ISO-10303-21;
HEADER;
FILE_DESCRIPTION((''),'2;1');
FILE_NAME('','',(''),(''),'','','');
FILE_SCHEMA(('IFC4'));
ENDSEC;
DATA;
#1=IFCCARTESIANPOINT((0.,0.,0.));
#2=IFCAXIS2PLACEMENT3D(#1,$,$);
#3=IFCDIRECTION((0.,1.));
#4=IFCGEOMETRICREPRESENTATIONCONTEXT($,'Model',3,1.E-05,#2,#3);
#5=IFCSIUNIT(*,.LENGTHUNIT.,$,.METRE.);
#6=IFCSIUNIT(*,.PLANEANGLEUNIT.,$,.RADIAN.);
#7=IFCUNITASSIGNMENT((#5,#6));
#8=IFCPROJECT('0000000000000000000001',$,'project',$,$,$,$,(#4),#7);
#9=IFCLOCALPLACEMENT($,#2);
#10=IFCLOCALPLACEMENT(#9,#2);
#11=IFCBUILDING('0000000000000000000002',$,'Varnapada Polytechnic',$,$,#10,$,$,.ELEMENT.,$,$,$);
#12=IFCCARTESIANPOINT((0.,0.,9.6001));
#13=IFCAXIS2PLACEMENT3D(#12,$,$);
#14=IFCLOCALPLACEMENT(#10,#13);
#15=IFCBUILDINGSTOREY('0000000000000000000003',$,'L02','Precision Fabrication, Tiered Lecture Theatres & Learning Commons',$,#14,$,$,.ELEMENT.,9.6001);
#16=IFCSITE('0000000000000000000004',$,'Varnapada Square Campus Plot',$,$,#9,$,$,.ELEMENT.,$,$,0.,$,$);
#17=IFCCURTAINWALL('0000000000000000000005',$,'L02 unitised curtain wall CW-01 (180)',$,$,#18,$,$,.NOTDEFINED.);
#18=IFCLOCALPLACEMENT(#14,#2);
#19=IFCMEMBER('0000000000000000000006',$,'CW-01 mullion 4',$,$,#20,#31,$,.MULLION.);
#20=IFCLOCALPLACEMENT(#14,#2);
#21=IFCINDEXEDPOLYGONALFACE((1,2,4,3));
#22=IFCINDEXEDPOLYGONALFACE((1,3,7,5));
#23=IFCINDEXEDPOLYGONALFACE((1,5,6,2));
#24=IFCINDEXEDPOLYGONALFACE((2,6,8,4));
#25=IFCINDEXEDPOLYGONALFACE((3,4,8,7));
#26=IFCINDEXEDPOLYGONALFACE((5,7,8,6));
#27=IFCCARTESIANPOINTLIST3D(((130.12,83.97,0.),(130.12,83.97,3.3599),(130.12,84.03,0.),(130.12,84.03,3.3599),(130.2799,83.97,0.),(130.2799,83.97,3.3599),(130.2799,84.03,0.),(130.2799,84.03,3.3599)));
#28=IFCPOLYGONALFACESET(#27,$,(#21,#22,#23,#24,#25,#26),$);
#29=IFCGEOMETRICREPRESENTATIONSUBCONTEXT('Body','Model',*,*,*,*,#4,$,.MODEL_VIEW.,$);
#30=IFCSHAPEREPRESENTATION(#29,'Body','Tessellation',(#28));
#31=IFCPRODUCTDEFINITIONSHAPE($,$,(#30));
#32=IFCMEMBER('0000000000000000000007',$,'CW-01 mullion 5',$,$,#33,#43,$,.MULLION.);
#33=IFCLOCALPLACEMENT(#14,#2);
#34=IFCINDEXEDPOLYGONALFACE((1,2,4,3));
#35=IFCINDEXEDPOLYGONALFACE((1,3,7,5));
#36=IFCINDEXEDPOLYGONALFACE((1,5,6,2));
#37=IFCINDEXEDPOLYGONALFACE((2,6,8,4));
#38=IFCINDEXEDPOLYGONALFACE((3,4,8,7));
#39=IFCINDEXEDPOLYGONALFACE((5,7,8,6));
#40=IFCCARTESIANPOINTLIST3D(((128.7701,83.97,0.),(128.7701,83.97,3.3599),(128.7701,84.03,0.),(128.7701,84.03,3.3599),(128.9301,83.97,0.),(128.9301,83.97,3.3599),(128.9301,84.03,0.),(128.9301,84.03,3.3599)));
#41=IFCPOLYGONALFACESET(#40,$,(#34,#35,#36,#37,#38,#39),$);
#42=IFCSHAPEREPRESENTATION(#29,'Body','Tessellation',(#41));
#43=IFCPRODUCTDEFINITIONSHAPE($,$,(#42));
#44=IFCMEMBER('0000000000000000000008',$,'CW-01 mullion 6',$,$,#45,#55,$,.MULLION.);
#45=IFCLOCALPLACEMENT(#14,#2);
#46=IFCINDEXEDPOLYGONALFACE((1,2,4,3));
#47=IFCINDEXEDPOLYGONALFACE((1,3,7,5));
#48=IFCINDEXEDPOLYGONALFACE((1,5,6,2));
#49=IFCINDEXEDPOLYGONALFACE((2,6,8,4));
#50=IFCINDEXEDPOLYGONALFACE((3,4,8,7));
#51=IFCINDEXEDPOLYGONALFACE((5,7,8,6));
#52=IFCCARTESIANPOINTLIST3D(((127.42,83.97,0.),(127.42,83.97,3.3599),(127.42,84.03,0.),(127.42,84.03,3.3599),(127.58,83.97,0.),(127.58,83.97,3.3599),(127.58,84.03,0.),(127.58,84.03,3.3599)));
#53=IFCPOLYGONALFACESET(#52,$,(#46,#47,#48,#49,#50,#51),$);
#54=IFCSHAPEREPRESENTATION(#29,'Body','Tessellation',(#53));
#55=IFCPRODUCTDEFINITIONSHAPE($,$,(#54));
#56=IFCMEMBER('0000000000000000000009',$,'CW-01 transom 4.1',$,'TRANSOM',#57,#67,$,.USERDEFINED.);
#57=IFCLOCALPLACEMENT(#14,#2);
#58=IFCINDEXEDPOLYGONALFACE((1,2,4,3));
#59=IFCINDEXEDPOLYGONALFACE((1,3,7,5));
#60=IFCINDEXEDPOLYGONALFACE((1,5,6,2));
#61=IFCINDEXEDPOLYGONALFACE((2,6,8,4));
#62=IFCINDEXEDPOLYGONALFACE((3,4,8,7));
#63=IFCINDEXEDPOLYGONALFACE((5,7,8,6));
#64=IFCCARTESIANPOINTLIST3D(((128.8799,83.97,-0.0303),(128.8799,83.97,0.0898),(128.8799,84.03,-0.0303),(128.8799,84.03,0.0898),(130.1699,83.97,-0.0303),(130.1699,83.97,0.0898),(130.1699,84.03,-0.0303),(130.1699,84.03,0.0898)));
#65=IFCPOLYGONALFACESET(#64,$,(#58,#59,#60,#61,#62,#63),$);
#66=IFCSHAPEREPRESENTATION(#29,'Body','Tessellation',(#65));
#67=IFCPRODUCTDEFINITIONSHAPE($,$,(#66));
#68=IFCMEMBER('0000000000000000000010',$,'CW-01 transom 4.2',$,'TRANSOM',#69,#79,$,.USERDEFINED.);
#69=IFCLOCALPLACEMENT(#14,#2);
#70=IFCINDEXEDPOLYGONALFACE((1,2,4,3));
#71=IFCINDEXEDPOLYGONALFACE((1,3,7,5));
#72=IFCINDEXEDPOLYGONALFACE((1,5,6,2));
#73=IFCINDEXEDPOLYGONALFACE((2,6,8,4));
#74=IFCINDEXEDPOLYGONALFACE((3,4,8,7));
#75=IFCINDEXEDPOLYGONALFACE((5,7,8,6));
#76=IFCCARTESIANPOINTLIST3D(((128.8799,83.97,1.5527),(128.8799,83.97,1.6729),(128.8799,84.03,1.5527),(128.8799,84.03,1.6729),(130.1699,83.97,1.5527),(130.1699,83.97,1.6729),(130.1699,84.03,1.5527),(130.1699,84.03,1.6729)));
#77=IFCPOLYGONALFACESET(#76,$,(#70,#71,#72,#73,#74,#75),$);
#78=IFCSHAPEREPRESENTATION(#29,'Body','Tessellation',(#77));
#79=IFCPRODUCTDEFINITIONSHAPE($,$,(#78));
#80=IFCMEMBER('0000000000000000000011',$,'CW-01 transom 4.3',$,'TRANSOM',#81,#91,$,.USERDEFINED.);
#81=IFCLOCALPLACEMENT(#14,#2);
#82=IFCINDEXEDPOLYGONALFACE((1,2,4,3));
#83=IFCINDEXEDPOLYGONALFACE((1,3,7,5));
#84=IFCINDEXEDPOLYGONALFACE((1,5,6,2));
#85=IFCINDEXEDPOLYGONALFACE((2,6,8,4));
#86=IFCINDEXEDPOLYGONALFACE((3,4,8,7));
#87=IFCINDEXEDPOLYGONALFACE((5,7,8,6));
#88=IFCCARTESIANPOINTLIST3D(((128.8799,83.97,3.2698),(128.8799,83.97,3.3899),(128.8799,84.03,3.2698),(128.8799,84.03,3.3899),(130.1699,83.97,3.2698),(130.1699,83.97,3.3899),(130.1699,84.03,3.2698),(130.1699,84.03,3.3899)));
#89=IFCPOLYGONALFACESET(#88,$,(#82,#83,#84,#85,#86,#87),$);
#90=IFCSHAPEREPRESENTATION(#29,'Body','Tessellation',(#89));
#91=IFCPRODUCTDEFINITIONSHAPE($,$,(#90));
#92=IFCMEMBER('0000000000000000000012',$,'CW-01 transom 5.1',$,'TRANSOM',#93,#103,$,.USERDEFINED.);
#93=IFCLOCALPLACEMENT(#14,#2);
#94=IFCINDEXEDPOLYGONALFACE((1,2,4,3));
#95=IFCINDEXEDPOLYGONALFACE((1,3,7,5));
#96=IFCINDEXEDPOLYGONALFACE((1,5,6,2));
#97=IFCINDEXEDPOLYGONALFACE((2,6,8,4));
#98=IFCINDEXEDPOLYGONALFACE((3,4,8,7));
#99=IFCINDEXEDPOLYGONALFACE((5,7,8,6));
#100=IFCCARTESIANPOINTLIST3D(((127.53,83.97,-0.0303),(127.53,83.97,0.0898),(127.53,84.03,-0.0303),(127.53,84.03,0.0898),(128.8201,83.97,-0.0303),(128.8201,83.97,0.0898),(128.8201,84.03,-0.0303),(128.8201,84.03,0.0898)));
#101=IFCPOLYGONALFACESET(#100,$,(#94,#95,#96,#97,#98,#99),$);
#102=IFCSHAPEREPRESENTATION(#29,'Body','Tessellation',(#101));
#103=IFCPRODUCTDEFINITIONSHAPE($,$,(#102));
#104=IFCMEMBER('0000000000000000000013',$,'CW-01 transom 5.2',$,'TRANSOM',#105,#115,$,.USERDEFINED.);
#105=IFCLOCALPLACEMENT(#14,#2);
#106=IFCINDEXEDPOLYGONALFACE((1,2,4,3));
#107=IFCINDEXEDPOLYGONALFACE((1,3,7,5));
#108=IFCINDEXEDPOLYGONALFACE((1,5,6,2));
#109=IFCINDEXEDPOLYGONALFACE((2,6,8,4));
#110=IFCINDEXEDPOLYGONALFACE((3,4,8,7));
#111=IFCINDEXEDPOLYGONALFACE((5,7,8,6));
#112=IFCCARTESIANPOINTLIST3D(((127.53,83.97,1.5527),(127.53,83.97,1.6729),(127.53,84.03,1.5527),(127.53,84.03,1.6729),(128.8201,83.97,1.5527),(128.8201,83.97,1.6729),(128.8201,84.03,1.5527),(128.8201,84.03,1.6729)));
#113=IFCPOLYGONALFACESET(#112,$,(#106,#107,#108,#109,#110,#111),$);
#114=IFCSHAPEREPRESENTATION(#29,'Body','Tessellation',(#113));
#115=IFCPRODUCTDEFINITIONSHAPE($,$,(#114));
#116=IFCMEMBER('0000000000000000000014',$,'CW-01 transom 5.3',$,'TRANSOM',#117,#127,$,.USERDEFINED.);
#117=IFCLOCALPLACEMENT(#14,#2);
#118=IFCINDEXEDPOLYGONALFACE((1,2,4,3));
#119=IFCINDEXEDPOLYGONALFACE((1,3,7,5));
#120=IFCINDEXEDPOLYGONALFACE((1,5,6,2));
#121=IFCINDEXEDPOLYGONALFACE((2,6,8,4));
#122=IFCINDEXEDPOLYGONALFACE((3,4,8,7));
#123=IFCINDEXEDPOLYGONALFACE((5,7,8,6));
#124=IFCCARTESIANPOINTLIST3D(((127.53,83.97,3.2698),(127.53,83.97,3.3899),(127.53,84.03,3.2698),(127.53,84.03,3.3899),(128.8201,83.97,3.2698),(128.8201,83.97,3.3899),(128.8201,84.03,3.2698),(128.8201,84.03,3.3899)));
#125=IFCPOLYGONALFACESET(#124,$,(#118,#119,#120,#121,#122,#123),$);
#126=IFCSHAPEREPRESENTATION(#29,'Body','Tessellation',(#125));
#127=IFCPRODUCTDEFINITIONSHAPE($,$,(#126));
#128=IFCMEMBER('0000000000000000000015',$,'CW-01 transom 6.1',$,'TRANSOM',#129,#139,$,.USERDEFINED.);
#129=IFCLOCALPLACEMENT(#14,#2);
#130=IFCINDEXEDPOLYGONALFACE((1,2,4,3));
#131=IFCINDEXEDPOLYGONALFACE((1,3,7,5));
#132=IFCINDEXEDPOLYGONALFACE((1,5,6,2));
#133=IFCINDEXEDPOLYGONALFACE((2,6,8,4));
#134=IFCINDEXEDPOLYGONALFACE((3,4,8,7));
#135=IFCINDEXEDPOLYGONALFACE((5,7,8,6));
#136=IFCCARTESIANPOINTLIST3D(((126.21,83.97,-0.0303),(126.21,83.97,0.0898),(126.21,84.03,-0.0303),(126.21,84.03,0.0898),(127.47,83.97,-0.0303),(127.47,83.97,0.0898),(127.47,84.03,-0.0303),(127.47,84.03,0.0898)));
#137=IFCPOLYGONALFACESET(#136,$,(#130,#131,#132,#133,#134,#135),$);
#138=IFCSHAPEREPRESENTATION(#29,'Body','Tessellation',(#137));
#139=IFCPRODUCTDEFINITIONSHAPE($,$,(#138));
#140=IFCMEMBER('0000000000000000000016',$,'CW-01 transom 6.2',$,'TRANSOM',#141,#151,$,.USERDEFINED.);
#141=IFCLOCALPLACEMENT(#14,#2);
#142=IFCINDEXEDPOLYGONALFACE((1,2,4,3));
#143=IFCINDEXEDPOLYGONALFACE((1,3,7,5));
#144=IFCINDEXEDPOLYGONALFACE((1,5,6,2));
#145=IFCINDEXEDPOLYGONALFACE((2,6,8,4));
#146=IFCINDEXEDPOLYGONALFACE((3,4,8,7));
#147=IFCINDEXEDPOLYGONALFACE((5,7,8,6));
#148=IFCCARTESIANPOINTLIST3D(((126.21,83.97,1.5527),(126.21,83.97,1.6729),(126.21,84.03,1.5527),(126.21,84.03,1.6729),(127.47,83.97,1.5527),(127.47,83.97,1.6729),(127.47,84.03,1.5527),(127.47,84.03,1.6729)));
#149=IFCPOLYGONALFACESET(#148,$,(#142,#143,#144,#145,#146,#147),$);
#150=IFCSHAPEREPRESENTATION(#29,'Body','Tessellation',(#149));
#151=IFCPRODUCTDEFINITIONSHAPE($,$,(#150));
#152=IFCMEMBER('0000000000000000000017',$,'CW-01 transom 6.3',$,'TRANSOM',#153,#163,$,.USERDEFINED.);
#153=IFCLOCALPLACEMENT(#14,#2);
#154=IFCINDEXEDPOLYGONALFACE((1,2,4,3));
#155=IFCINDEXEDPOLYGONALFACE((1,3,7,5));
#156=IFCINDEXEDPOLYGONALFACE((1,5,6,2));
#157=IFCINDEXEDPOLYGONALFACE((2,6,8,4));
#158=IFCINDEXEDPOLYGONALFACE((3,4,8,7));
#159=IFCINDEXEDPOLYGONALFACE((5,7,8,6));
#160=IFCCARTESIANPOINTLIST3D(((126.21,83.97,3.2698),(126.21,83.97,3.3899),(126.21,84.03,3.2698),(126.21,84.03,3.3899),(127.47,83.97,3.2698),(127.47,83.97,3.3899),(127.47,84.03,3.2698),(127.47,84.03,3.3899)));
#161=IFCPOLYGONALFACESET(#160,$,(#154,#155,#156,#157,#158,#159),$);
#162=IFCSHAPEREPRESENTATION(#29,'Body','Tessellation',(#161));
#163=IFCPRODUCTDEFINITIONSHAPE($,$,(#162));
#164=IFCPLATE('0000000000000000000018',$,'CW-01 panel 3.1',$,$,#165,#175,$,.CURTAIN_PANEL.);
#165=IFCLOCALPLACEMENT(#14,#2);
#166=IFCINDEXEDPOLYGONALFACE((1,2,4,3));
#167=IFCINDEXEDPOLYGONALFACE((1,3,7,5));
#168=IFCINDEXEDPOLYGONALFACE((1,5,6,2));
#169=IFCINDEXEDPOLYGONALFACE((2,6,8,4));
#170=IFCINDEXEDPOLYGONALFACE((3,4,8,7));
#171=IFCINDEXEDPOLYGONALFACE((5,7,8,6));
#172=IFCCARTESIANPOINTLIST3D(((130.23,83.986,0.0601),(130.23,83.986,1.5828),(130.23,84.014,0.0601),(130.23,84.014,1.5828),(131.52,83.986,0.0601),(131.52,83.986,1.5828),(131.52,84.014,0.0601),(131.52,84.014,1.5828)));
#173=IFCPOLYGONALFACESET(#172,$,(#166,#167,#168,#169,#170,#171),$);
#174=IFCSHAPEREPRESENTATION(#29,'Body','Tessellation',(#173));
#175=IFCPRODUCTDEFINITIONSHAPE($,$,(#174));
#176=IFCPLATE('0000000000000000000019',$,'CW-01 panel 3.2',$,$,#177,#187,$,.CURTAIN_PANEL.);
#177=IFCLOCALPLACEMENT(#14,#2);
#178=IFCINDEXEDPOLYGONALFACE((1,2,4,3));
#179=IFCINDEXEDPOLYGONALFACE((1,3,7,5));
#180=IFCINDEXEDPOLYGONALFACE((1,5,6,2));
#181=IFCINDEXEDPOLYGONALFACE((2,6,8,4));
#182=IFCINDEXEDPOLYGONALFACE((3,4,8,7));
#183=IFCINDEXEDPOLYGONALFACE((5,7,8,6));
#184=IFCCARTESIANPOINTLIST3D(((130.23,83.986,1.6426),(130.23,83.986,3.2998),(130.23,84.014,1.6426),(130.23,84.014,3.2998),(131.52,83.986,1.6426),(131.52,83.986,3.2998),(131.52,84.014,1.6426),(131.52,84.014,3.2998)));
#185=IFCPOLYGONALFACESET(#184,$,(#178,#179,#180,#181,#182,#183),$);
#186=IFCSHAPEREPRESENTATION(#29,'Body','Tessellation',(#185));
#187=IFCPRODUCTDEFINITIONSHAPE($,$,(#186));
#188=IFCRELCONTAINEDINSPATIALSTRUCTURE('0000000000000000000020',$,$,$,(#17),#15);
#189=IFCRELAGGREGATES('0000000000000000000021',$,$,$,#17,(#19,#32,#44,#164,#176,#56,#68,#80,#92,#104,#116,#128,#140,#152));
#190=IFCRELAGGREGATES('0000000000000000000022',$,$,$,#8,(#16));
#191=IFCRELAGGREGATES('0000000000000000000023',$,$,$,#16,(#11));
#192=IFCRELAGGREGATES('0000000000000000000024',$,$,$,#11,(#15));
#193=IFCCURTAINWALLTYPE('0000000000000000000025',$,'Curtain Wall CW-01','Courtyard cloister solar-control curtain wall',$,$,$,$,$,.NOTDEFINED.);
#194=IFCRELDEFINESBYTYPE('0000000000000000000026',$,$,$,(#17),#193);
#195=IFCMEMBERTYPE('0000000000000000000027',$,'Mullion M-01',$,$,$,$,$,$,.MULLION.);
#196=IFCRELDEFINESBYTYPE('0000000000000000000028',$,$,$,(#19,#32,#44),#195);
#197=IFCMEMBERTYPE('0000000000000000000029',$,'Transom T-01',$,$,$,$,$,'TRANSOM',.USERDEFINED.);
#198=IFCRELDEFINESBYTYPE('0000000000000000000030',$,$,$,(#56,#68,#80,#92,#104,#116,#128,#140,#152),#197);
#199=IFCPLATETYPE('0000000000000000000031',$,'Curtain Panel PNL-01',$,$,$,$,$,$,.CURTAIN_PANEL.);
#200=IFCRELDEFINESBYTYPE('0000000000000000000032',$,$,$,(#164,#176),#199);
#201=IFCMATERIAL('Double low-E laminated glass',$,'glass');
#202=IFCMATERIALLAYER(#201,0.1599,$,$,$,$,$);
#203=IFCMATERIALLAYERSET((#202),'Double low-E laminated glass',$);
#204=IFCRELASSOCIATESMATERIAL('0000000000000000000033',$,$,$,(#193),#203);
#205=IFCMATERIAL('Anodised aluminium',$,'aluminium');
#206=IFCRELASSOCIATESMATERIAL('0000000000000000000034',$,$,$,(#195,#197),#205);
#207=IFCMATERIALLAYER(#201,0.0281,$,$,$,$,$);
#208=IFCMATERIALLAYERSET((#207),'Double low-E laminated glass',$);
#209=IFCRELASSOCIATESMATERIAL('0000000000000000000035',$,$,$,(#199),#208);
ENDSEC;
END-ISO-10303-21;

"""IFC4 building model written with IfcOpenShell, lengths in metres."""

from ifc_helpers import new_model, si_unit, direction, frame, origin, origin_2d, place, context, subcontext, project, spatial, rectangle, extrude, material, layer, layer_set, material_profile, profile_set, type_object, element, aggregate, save


model = new_model("IFC4")

# Units and contexts
model_context = context("Model", 3, precision=1e-05, world=origin(), true_north=direction((0.0, 1.0)))
body_context = subcontext(model_context, "Body", "Model", "MODEL_VIEW")
ifc_project = project(units=[si_unit("LENGTHUNIT", "METRE"), si_unit("PLANEANGLEUNIT", "RADIAN")], contexts=[model_context])

# Site, building, storey
site_placement = place(None, origin())
site = spatial("IfcSite", under=ifc_project, at=site_placement, Name="Varnapada Square Campus Plot", CompositionType="ELEMENT", RefElevation=0.0)
building_placement = place(site_placement, origin())
building = spatial("IfcBuilding", under=site, at=building_placement, Name="Varnapada Polytechnic", CompositionType="ELEMENT")
storey_placement = place(building_placement, frame((0.0, 0.0, 9.6001)))
storey = spatial("IfcBuildingStorey", under=building, at=storey_placement, Name="L02", Description="Precision Fabrication, Tiered Lecture Theatres & Learning Commons", CompositionType="ELEMENT", Elevation=9.6001)

# Curtain wall, members, plates
ifc_material_1 = material(Name="Double low-E laminated glass", Category="glass")
ifc_layer_1 = layer(ifc_material_1, 0.1599)
ifc_layer_set_1 = layer_set([ifc_layer_1], Name="Double low-E laminated glass")
curtain_wall_type = type_object("IfcCurtainWallType", Name="Curtain Wall CW-01", Description="Courtyard cloister solar-control curtain wall", PredefinedType="NOTDEFINED", material=ifc_layer_set_1)
curtain_wall_placement = place(storey_placement, origin())
curtain_wall = element("IfcCurtainWall", 1, at=curtain_wall_placement, inside=storey, type_object=curtain_wall_type, Name="L02 unitised curtain wall CW-01 (180)", PredefinedType="NOTDEFINED")
ifc_material_2 = material(Name="Anodised aluminium", Category="aluminium")
ifc_material_profile_1 = material_profile(ifc_material_2, rectangle(XDim=0.0601, YDim=0.1599, at=origin_2d()), Name="ALU M60x160")
ifc_profile_set_1 = profile_set([ifc_material_profile_1], Name="Anodised aluminium")
member_type_1 = type_object("IfcMemberType", Name="Mullion M-01", PredefinedType="MULLION", material=ifc_profile_set_1)
member_1_placement = place(storey_placement, frame((130.2, 84.0, 0.0), z_axis=(0.0, 0.0, 1.0), x_axis=(0.0, -1.0, 0.0)))
member_1 = element("IfcMember", 2, at=member_1_placement, type_object=member_type_1, Name="CW-01 mullion 4", PredefinedType="MULLION", context=body_context, shape_type="SweptSolid", body=[
    extrude(rectangle(XDim=0.0601, YDim=0.1599, at=origin_2d()), origin(), (0.0, 0.0, 1.0), 3.3599),
])
member_2_placement = place(storey_placement, frame((128.8501, 84.0, 0.0), z_axis=(0.0, 0.0, 1.0), x_axis=(0.0, -1.0, 0.0)))
member_2 = element("IfcMember", 3, at=member_2_placement, type_object=member_type_1, Name="CW-01 mullion 5", PredefinedType="MULLION", context=body_context, shape_type="SweptSolid", body=[
    extrude(rectangle(XDim=0.0601, YDim=0.1599, at=origin_2d()), origin(), (0.0, 0.0, 1.0), 3.3599),
])
member_3_placement = place(storey_placement, frame((127.5, 84.0, 0.0), z_axis=(0.0, 0.0, 1.0), x_axis=(0.0, -1.0, 0.0)))
member_3 = element("IfcMember", 4, at=member_3_placement, type_object=member_type_1, Name="CW-01 mullion 6", PredefinedType="MULLION", context=body_context, shape_type="SweptSolid", body=[
    extrude(rectangle(XDim=0.0601, YDim=0.1599, at=origin_2d()), origin(), (0.0, 0.0, 1.0), 3.3599),
])
ifc_material_profile_2 = material_profile(ifc_material_2, rectangle(XDim=0.0601, YDim=0.1201, at=origin_2d()), Name="ALU T60x120")
ifc_profile_set_2 = profile_set([ifc_material_profile_2], Name="Anodised aluminium")
member_type_2 = type_object("IfcMemberType", Name="Transom T-01", ElementType="TRANSOM", PredefinedType="USERDEFINED", material=ifc_profile_set_2)
member_4_placement = place(storey_placement, frame((130.1699, 84.0, 0.0298), z_axis=(-1.0, 0.0, 0.0), x_axis=(0.0, -1.0, 0.0)))
member_4 = element("IfcMember", 5, at=member_4_placement, type_object=member_type_2, Name="CW-01 transom 4.1", ObjectType="TRANSOM", PredefinedType="USERDEFINED", context=body_context, shape_type="SweptSolid", body=[
    extrude(rectangle(XDim=0.0601, YDim=0.1201, at=origin_2d()), origin(), (0.0, 0.0, 1.0), 1.29),
])
member_5_placement = place(storey_placement, frame((130.1699, 84.0, 1.6128), z_axis=(-1.0, 0.0, 0.0), x_axis=(0.0, -1.0, 0.0)))
member_5 = element("IfcMember", 6, at=member_5_placement, type_object=member_type_2, Name="CW-01 transom 4.2", ObjectType="TRANSOM", PredefinedType="USERDEFINED", context=body_context, shape_type="SweptSolid", body=[
    extrude(rectangle(XDim=0.0601, YDim=0.1201, at=origin_2d()), origin(), (0.0, 0.0, 1.0), 1.29),
])
member_6_placement = place(storey_placement, frame((130.1699, 84.0, 3.3298), z_axis=(-1.0, 0.0, 0.0), x_axis=(0.0, -1.0, 0.0)))
member_6 = element("IfcMember", 7, at=member_6_placement, type_object=member_type_2, Name="CW-01 transom 4.3", ObjectType="TRANSOM", PredefinedType="USERDEFINED", context=body_context, shape_type="SweptSolid", body=[
    extrude(rectangle(XDim=0.0601, YDim=0.1201, at=origin_2d()), origin(), (0.0, 0.0, 1.0), 1.29),
])
member_7_placement = place(storey_placement, frame((128.8201, 84.0, 0.0298), z_axis=(-1.0, 0.0, 0.0), x_axis=(0.0, -1.0, 0.0)))
member_7 = element("IfcMember", 8, at=member_7_placement, type_object=member_type_2, Name="CW-01 transom 5.1", ObjectType="TRANSOM", PredefinedType="USERDEFINED", context=body_context, shape_type="SweptSolid", body=[
    extrude(rectangle(XDim=0.0601, YDim=0.1201, at=origin_2d()), origin(), (0.0, 0.0, 1.0), 1.29),
])
member_8_placement = place(storey_placement, frame((128.8201, 84.0, 1.6128), z_axis=(-1.0, 0.0, 0.0), x_axis=(0.0, -1.0, 0.0)))
member_8 = element("IfcMember", 9, at=member_8_placement, type_object=member_type_2, Name="CW-01 transom 5.2", ObjectType="TRANSOM", PredefinedType="USERDEFINED", context=body_context, shape_type="SweptSolid", body=[
    extrude(rectangle(XDim=0.0601, YDim=0.1201, at=origin_2d()), origin(), (0.0, 0.0, 1.0), 1.29),
])
member_9_placement = place(storey_placement, frame((128.8201, 84.0, 3.3298), z_axis=(-1.0, 0.0, 0.0), x_axis=(0.0, -1.0, 0.0)))
member_9 = element("IfcMember", 10, at=member_9_placement, type_object=member_type_2, Name="CW-01 transom 5.3", ObjectType="TRANSOM", PredefinedType="USERDEFINED", context=body_context, shape_type="SweptSolid", body=[
    extrude(rectangle(XDim=0.0601, YDim=0.1201, at=origin_2d()), origin(), (0.0, 0.0, 1.0), 1.29),
])
member_10_placement = place(storey_placement, frame((127.47, 84.0, 0.0298), z_axis=(-1.0, 0.0, 0.0), x_axis=(0.0, -1.0, 0.0)))
member_10 = element("IfcMember", 11, at=member_10_placement, type_object=member_type_2, Name="CW-01 transom 6.1", ObjectType="TRANSOM", PredefinedType="USERDEFINED", context=body_context, shape_type="SweptSolid", body=[
    extrude(rectangle(XDim=0.0601, YDim=0.1201, at=origin_2d()), origin(), (0.0, 0.0, 1.0), 1.26),
])
member_11_placement = place(storey_placement, frame((127.47, 84.0, 1.6128), z_axis=(-1.0, 0.0, 0.0), x_axis=(0.0, -1.0, 0.0)))
member_11 = element("IfcMember", 12, at=member_11_placement, type_object=member_type_2, Name="CW-01 transom 6.2", ObjectType="TRANSOM", PredefinedType="USERDEFINED", context=body_context, shape_type="SweptSolid", body=[
    extrude(rectangle(XDim=0.0601, YDim=0.1201, at=origin_2d()), origin(), (0.0, 0.0, 1.0), 1.26),
])
member_12_placement = place(storey_placement, frame((127.47, 84.0, 3.3298), z_axis=(-1.0, 0.0, 0.0), x_axis=(0.0, -1.0, 0.0)))
member_12 = element("IfcMember", 13, at=member_12_placement, type_object=member_type_2, Name="CW-01 transom 6.3", ObjectType="TRANSOM", PredefinedType="USERDEFINED", context=body_context, shape_type="SweptSolid", body=[
    extrude(rectangle(XDim=0.0601, YDim=0.1201, at=origin_2d()), origin(), (0.0, 0.0, 1.0), 1.26),
])
ifc_layer_2 = layer(ifc_material_1, 0.0281)
ifc_layer_set_2 = layer_set([ifc_layer_2], Name="Double low-E laminated glass")
plate_type = type_object("IfcPlateType", Name="Curtain Panel PNL-01", PredefinedType="CURTAIN_PANEL", material=ifc_layer_set_2)
plate_1_placement = place(storey_placement, frame((130.875, 84.0, 0.0601), z_axis=(0.0, 0.0, 1.0), x_axis=(-1.0, 0.0, 0.0)))
plate_1 = element("IfcPlate", 14, at=plate_1_placement, type_object=plate_type, Name="CW-01 panel 3.1", PredefinedType="CURTAIN_PANEL", context=body_context, shape_type="SweptSolid", body=[
    extrude(rectangle(XDim=1.29, YDim=0.0281, at=origin_2d()), origin(), (0.0, 0.0, 1.0), 1.5227),
])
plate_2_placement = place(storey_placement, frame((130.875, 84.0, 1.6426), z_axis=(0.0, 0.0, 1.0), x_axis=(-1.0, 0.0, 0.0)))
plate_2 = element("IfcPlate", 15, at=plate_2_placement, type_object=plate_type, Name="CW-01 panel 3.2", PredefinedType="CURTAIN_PANEL", context=body_context, shape_type="SweptSolid", body=[
    extrude(rectangle(XDim=1.29, YDim=0.0281, at=origin_2d()), origin(), (0.0, 0.0, 1.0), 1.6572),
])
aggregate(curtain_wall, [member_1, member_2, member_3, plate_1, plate_2, member_4, member_5, member_6, member_7, member_8, member_9, member_10, member_11, member_12])

save(model, "model.ifc")
